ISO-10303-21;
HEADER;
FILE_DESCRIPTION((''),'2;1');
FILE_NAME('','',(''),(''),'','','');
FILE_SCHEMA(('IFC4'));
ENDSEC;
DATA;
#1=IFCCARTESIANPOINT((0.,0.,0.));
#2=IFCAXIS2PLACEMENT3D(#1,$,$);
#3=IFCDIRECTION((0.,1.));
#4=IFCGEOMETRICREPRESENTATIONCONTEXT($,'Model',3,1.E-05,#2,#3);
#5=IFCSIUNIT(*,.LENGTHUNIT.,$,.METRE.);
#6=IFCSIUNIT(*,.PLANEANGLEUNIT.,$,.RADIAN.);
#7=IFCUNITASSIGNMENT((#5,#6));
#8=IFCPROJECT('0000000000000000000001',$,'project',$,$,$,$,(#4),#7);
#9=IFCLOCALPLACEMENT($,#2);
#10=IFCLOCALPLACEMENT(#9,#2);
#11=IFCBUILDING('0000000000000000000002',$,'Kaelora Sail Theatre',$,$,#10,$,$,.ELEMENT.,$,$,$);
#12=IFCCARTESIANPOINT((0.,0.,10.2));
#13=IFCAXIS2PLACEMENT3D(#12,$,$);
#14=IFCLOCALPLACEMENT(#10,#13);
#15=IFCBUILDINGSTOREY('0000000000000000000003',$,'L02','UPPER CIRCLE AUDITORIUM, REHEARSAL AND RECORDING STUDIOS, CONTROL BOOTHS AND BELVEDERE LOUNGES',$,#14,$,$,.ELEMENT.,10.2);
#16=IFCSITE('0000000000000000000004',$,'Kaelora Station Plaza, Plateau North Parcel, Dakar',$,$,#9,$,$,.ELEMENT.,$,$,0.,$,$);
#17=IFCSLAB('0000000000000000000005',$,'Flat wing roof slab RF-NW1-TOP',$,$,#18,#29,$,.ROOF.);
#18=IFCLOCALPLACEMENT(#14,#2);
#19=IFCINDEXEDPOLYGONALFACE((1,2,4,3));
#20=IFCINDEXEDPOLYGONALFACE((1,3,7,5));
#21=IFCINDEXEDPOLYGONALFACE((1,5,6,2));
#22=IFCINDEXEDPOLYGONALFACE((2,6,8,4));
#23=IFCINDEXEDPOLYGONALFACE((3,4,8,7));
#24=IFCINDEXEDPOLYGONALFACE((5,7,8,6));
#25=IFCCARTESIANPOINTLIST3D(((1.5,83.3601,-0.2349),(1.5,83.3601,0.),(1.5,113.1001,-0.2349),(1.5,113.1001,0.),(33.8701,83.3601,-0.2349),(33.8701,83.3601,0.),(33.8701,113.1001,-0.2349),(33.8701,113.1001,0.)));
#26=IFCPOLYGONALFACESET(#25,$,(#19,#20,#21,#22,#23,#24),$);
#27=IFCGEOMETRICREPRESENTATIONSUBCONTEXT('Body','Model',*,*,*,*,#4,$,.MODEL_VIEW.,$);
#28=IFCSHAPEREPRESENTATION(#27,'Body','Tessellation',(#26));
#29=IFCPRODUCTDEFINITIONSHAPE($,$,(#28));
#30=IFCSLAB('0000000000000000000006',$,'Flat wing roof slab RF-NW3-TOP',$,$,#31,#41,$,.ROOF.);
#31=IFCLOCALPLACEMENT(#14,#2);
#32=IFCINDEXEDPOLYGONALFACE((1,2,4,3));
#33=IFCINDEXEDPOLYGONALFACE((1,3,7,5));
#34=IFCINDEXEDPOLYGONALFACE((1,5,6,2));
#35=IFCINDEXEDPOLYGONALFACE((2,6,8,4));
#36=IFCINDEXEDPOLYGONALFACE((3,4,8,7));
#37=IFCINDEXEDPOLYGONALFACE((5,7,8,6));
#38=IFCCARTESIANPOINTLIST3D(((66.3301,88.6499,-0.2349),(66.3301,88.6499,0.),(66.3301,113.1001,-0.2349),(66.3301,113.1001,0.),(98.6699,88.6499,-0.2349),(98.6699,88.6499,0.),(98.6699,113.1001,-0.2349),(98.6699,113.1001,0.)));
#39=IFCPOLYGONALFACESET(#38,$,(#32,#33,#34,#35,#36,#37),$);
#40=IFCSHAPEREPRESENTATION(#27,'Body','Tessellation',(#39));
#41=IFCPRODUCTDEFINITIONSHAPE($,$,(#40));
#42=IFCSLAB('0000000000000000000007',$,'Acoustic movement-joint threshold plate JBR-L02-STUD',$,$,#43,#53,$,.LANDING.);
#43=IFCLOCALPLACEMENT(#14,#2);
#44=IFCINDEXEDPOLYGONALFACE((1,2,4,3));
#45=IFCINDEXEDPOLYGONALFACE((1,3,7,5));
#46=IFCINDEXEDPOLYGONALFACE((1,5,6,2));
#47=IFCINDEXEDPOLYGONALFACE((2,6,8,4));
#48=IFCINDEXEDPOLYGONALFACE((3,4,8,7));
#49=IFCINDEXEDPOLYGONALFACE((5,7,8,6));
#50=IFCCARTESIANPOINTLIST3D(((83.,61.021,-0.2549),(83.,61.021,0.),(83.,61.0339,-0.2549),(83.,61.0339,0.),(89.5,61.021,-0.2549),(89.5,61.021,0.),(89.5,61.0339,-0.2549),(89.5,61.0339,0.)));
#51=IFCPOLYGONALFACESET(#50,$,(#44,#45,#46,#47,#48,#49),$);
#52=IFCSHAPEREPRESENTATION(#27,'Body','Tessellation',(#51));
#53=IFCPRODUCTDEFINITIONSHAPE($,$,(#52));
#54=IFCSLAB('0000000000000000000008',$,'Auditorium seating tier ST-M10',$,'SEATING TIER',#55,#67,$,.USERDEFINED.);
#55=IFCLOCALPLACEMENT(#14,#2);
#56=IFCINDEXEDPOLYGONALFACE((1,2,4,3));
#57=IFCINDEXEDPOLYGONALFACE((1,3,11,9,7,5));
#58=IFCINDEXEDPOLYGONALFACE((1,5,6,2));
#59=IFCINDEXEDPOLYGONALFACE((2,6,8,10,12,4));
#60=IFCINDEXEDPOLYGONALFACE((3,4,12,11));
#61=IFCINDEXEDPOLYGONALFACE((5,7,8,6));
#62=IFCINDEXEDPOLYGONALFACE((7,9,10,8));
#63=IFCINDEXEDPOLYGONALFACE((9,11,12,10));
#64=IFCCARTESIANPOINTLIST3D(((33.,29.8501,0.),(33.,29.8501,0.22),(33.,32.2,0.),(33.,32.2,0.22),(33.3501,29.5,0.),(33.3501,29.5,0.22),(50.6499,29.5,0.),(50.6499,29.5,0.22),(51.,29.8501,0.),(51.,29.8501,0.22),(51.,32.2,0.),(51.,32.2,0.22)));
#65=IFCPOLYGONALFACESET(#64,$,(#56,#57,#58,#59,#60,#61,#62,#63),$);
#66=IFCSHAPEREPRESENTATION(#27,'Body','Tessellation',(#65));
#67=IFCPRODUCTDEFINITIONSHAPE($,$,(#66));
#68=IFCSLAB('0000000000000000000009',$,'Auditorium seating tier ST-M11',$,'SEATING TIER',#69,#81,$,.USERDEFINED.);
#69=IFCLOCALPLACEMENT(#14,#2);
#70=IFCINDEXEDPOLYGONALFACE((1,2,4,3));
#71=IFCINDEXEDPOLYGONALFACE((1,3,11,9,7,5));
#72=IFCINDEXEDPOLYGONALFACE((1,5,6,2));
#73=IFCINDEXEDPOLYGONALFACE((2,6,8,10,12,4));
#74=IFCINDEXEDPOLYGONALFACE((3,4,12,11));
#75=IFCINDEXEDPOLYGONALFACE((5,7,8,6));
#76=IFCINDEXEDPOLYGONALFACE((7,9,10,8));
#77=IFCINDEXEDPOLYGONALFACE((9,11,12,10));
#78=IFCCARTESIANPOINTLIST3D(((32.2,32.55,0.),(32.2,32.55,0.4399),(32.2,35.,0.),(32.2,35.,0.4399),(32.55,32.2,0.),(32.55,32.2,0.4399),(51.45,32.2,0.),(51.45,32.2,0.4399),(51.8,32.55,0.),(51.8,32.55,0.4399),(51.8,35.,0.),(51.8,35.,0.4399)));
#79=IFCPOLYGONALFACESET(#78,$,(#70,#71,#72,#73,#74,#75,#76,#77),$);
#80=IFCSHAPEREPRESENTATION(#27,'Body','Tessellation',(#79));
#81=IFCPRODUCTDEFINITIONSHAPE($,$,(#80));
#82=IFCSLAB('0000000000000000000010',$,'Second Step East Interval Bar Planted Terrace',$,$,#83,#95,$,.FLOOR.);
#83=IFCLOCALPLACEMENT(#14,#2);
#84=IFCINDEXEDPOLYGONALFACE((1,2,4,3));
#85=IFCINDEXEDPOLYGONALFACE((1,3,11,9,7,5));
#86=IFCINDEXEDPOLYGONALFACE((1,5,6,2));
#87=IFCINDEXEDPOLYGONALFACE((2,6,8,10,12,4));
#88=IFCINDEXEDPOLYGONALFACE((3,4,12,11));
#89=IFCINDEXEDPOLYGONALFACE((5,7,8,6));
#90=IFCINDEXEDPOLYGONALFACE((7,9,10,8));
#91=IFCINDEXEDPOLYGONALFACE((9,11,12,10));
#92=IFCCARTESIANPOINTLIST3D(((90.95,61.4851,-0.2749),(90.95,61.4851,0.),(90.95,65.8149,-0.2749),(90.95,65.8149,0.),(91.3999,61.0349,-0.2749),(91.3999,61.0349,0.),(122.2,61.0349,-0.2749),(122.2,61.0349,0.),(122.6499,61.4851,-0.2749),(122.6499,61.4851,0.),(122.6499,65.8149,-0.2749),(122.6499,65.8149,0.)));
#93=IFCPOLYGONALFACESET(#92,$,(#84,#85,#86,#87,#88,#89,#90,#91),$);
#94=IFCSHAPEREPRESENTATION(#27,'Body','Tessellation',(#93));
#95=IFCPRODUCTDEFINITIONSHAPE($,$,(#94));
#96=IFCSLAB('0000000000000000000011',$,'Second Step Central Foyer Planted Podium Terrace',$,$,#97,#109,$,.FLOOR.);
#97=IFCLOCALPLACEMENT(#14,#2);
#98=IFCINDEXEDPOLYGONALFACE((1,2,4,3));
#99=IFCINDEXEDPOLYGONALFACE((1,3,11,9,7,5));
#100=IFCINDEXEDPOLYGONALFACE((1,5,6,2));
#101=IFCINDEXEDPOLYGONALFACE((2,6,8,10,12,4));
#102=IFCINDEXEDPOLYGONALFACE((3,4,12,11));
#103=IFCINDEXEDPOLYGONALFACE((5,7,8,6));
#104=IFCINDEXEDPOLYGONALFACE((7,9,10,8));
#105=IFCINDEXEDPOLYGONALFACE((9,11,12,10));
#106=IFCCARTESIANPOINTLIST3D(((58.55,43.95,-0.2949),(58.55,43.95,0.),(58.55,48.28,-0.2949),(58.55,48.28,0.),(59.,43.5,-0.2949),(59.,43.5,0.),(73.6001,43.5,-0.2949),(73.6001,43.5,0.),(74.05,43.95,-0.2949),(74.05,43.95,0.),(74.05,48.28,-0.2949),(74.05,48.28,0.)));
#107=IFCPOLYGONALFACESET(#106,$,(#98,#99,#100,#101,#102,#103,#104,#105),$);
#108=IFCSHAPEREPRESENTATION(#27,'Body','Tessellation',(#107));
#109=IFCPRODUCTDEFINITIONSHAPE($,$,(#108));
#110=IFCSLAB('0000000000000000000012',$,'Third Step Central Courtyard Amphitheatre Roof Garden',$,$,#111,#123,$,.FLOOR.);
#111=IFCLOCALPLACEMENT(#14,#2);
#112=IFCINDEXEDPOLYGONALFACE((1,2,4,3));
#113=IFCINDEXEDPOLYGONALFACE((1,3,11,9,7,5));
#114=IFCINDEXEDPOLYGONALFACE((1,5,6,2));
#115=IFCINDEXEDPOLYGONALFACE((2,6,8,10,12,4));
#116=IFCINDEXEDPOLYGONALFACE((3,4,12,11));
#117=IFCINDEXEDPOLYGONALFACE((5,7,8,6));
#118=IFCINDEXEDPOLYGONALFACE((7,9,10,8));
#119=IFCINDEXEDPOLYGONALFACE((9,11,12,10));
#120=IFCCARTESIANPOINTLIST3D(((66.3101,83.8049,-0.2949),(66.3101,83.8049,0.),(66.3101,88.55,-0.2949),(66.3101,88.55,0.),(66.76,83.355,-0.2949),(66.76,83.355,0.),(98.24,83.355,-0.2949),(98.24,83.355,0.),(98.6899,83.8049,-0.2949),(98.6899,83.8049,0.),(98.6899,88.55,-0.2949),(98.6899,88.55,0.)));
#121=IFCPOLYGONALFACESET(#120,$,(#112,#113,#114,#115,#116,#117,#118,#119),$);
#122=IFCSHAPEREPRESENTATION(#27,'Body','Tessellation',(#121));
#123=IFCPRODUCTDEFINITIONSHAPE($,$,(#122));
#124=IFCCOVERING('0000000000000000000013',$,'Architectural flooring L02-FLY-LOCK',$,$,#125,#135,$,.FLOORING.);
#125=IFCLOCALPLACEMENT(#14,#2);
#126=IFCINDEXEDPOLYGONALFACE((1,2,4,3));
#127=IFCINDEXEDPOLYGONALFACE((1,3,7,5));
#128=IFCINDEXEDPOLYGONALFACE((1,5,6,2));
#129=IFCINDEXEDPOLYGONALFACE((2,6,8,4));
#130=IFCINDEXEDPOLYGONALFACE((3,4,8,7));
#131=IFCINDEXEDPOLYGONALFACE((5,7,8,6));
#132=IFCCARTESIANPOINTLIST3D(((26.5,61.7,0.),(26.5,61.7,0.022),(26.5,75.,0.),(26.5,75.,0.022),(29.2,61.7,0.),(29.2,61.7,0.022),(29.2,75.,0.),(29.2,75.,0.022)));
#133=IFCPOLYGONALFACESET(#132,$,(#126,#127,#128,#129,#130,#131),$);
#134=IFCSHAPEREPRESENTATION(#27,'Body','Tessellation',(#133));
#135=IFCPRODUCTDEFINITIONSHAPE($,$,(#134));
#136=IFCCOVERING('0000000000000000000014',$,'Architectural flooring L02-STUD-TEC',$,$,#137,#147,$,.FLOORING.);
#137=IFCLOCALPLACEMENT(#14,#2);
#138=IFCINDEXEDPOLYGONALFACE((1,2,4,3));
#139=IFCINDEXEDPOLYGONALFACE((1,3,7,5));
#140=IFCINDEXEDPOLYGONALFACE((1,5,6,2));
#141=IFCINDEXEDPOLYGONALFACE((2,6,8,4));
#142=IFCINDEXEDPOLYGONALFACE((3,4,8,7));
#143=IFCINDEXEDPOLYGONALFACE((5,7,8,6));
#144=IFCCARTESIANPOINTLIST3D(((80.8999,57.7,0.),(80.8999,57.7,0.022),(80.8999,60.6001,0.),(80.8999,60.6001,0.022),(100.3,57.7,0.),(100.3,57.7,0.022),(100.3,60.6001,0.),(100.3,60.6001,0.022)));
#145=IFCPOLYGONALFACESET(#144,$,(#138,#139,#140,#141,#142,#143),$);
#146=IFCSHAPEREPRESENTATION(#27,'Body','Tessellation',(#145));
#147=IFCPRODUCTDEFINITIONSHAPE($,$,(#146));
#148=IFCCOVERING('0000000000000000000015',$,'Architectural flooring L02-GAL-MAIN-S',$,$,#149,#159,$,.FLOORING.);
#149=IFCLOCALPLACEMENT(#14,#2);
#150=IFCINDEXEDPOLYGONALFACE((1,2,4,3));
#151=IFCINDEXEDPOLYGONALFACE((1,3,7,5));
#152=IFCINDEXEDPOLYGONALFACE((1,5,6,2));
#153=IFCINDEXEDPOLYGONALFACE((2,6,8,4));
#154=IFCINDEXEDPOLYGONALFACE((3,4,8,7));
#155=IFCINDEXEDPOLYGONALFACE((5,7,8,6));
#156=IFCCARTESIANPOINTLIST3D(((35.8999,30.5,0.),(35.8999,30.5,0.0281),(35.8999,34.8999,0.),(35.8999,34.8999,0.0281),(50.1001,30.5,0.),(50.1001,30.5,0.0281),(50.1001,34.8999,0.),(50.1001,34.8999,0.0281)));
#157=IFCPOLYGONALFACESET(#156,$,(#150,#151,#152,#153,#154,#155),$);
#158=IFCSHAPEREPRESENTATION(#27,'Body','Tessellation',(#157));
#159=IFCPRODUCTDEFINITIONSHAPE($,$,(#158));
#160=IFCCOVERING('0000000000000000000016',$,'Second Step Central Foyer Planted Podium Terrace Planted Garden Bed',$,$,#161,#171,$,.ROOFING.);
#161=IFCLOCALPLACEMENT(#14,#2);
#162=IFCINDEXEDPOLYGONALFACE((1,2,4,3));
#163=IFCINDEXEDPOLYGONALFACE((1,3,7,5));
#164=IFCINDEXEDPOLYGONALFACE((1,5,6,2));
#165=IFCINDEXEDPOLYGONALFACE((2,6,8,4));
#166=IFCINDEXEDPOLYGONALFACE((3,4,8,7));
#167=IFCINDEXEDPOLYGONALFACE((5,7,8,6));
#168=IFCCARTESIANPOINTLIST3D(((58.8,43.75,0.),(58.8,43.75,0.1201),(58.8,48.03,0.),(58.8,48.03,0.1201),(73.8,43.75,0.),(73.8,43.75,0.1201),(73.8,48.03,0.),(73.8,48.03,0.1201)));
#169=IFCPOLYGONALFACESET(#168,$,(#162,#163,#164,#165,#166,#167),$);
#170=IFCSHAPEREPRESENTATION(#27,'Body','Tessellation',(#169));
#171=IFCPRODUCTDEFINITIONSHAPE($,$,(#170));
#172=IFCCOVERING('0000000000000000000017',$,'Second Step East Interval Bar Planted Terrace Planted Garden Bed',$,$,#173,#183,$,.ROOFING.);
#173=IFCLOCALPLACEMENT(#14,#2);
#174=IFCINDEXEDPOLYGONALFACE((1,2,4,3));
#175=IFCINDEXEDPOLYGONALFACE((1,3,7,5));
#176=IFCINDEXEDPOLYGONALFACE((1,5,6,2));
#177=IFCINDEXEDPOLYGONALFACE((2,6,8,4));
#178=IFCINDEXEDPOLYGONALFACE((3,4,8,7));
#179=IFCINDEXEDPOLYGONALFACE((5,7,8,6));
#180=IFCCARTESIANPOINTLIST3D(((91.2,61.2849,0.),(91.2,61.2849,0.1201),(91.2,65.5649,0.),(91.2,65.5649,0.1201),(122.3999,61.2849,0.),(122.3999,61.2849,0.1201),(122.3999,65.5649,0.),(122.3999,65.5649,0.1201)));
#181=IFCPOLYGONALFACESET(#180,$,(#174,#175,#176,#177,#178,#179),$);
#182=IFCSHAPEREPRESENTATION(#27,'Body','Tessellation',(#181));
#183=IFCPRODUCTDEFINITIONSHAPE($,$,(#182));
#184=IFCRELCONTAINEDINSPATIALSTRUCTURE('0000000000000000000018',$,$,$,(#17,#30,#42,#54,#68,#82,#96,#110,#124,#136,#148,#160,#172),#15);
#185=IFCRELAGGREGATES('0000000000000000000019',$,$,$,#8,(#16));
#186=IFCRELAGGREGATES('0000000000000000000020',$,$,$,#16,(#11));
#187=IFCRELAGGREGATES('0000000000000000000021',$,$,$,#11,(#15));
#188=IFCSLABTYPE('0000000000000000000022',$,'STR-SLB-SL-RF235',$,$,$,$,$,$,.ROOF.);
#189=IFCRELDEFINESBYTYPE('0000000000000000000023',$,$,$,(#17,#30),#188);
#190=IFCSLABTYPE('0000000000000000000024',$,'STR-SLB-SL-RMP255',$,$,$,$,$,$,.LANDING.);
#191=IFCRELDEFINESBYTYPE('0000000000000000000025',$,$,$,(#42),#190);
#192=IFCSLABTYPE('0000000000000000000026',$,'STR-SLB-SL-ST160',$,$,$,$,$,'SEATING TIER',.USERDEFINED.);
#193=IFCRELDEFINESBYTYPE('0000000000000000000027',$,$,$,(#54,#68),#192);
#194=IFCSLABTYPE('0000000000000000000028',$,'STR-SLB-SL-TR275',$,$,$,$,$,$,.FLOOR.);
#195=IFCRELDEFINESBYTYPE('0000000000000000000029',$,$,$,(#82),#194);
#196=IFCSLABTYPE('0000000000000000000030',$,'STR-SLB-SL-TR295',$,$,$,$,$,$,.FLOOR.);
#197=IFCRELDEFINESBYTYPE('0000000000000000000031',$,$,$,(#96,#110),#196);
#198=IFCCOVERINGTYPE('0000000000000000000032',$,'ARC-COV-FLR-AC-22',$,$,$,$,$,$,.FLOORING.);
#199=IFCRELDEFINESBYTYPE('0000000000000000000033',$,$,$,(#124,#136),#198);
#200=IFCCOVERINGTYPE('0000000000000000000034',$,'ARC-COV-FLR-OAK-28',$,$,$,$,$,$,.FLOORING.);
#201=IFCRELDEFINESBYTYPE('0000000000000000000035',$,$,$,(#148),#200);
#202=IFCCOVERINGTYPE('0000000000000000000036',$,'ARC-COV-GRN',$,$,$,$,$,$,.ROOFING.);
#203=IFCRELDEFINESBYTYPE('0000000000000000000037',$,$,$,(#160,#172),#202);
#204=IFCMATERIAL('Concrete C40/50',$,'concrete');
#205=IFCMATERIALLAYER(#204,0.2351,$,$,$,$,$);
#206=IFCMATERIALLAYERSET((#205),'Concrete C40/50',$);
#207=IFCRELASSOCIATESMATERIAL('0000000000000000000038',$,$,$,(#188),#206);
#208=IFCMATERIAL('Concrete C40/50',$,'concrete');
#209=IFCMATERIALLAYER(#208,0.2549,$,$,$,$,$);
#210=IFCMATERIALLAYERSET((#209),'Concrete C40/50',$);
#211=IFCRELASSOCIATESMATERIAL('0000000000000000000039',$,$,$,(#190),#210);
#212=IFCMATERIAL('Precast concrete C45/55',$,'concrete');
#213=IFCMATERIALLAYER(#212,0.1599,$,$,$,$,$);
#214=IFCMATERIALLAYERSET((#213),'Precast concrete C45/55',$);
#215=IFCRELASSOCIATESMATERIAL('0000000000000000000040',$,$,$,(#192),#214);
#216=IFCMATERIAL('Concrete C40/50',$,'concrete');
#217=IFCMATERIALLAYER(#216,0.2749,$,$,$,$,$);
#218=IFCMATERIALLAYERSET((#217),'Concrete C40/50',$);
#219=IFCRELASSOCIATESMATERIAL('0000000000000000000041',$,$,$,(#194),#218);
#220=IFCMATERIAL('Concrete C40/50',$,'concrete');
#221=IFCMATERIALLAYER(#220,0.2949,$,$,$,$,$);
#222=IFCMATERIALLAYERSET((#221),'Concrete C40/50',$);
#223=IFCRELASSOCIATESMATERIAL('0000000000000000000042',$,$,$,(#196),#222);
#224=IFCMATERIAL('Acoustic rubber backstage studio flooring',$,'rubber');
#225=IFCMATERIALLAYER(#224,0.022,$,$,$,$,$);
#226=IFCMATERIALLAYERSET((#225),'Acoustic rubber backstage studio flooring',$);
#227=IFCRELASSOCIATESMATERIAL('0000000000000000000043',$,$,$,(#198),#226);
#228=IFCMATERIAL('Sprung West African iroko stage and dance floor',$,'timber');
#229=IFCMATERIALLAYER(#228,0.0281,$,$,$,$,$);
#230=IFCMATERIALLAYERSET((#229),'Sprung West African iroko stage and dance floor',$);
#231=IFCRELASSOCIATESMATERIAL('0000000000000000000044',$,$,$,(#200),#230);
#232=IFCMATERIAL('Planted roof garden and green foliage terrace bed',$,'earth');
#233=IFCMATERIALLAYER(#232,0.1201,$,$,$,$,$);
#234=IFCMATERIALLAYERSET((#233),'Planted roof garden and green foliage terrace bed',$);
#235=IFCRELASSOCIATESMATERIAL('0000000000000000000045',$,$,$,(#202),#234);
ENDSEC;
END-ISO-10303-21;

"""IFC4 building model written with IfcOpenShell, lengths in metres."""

from ifc_helpers import new_model, si_unit, direction, frame, origin, place, context, subcontext, project, spatial, polyline, outline, extrude, material, layer, layer_set, type_object, element, save


model = new_model("IFC4")

# Units and contexts
model_context = context("Model", 3, precision=1e-05, world=origin(), true_north=direction((0.0, 1.0)))
body_context = subcontext(model_context, "Body", "Model", "MODEL_VIEW")
ifc_project = project(units=[si_unit("LENGTHUNIT", "METRE"), si_unit("PLANEANGLEUNIT", "RADIAN")], contexts=[model_context])

# Site, building, storey
site_placement = place(None, origin())
site = spatial("IfcSite", under=ifc_project, at=site_placement, Name="Kaelora Station Plaza, Plateau North Parcel, Dakar", CompositionType="ELEMENT", RefElevation=0.0)
building_placement = place(site_placement, origin())
building = spatial("IfcBuilding", under=site, at=building_placement, Name="Kaelora Sail Theatre", CompositionType="ELEMENT")
storey_placement = place(building_placement, frame((0.0, 0.0, 10.2)))
storey = spatial("IfcBuildingStorey", under=building, at=storey_placement, Name="L02", Description="UPPER CIRCLE AUDITORIUM, REHEARSAL AND RECORDING STUDIOS, CONTROL BOOTHS AND BELVEDERE LOUNGES", CompositionType="ELEMENT", Elevation=10.2)

# Slabs
ifc_material_1 = material(Name="Concrete C40/50", Category="concrete")
ifc_layer_1 = layer(ifc_material_1, 0.2351)
ifc_layer_set_1 = layer_set([ifc_layer_1], Name="Concrete C40/50")
slab_type_1 = type_object("IfcSlabType", Name="STR-SLB-SL-RF235", PredefinedType="ROOF", material=ifc_layer_set_1)
slab_1_placement = place(storey_placement, frame((0.0, 0.0, -0.2349)))
element("IfcSlab", 1, at=slab_1_placement, inside=storey, type_object=slab_type_1, Name="Flat wing roof slab RF-NW1-TOP", PredefinedType="ROOF", context=body_context, shape_type="SweptSolid", body=[
    extrude(outline(polyline([(1.5, 113.1001), (33.8701, 113.1001), (33.8701, 83.3601), (1.5, 83.3601), (1.5, 113.1001)])), origin(), (0.0, 0.0, 1.0), 0.2349),
])
slab_2_placement = place(storey_placement, frame((0.0, 0.0, -0.2349)))
element("IfcSlab", 2, at=slab_2_placement, inside=storey, type_object=slab_type_1, Name="Flat wing roof slab RF-NW3-TOP", PredefinedType="ROOF", context=body_context, shape_type="SweptSolid", body=[
    extrude(outline(polyline([(66.3301, 113.1001), (98.6699, 113.1001), (98.6699, 88.6499), (66.3301, 88.6499), (66.3301, 113.1001)])), origin(), (0.0, 0.0, 1.0), 0.2349),
])
ifc_material_2 = material(Name="Concrete C40/50", Category="concrete")
ifc_layer_2 = layer(ifc_material_2, 0.2549)
ifc_layer_set_2 = layer_set([ifc_layer_2], Name="Concrete C40/50")
slab_type_2 = type_object("IfcSlabType", Name="STR-SLB-SL-RMP255", PredefinedType="LANDING", material=ifc_layer_set_2)
slab_3_placement = place(storey_placement, frame((0.0, 0.0, -0.2549)))
element("IfcSlab", 3, at=slab_3_placement, inside=storey, type_object=slab_type_2, Name="Acoustic movement-joint threshold plate JBR-L02-STUD", PredefinedType="LANDING", context=body_context, shape_type="SweptSolid", body=[
    extrude(outline(polyline([(83.0, 61.021), (89.5, 61.021), (89.5, 61.0339), (83.0, 61.0339), (83.0, 61.021)])), origin(), (0.0, 0.0, 1.0), 0.2549),
])
ifc_material_3 = material(Name="Precast concrete C45/55", Category="concrete")
ifc_layer_3 = layer(ifc_material_3, 0.1599)
ifc_layer_set_3 = layer_set([ifc_layer_3], Name="Precast concrete C45/55")
slab_type_3 = type_object("IfcSlabType", Name="STR-SLB-SL-ST160", ElementType="SEATING TIER", PredefinedType="USERDEFINED", material=ifc_layer_set_3)
slab_4_placement = place(storey_placement, origin())
element("IfcSlab", 4, at=slab_4_placement, inside=storey, type_object=slab_type_3, Name="Auditorium seating tier ST-M10", ObjectType="SEATING TIER", PredefinedType="USERDEFINED", context=body_context, shape_type="SweptSolid", body=[
    extrude(outline(polyline([(33.3501, 29.5), (50.6499, 29.5), (51.0, 29.8501), (51.0, 32.2), (33.0, 32.2), (33.0, 29.8501), (33.3501, 29.5)])), origin(), (0.0, 0.0, 1.0), 0.22),
])
slab_5_placement = place(storey_placement, origin())
element("IfcSlab", 5, at=slab_5_placement, inside=storey, type_object=slab_type_3, Name="Auditorium seating tier ST-M11", ObjectType="SEATING TIER", PredefinedType="USERDEFINED", context=body_context, shape_type="SweptSolid", body=[
    extrude(outline(polyline([(32.55, 32.2), (51.45, 32.2), (51.8, 32.55), (51.8, 35.0), (32.2, 35.0), (32.2, 32.55), (32.55, 32.2)])), origin(), (0.0, 0.0, 1.0), 0.4399),
])
ifc_material_4 = material(Name="Concrete C40/50", Category="concrete")
ifc_layer_4 = layer(ifc_material_4, 0.2749)
ifc_layer_set_4 = layer_set([ifc_layer_4], Name="Concrete C40/50")
slab_type_4 = type_object("IfcSlabType", Name="STR-SLB-SL-TR275", PredefinedType="FLOOR", material=ifc_layer_set_4)
slab_6_placement = place(storey_placement, frame((0.0, 0.0, -0.2749)))
element("IfcSlab", 6, at=slab_6_placement, inside=storey, type_object=slab_type_4, Name="Second Step East Interval Bar Planted Terrace", PredefinedType="FLOOR", context=body_context, shape_type="SweptSolid", body=[
    extrude(outline(polyline([(91.3999, 61.0349), (122.2, 61.0349), (122.6499, 61.4851), (122.6499, 65.8149), (90.95, 65.8149), (90.95, 61.4851), (91.3999, 61.0349)])), origin(), (0.0, 0.0, 1.0), 0.2749),
])
ifc_material_5 = material(Name="Concrete C40/50", Category="concrete")
ifc_layer_5 = layer(ifc_material_5, 0.2949)
ifc_layer_set_5 = layer_set([ifc_layer_5], Name="Concrete C40/50")
slab_type_5 = type_object("IfcSlabType", Name="STR-SLB-SL-TR295", PredefinedType="FLOOR", material=ifc_layer_set_5)
slab_7_placement = place(storey_placement, frame((0.0, 0.0, -0.2949)))
element("IfcSlab", 7, at=slab_7_placement, inside=storey, type_object=slab_type_5, Name="Second Step Central Foyer Planted Podium Terrace", PredefinedType="FLOOR", context=body_context, shape_type="SweptSolid", body=[
    extrude(outline(polyline([(59.0, 43.5), (73.6001, 43.5), (74.05, 43.95), (74.05, 48.28), (58.55, 48.28), (58.55, 43.95), (59.0, 43.5)])), origin(), (0.0, 0.0, 1.0), 0.2949),
])
slab_8_placement = place(storey_placement, frame((0.0, 0.0, -0.2949)))
element("IfcSlab", 8, at=slab_8_placement, inside=storey, type_object=slab_type_5, Name="Third Step Central Courtyard Amphitheatre Roof Garden", PredefinedType="FLOOR", context=body_context, shape_type="SweptSolid", body=[
    extrude(outline(polyline([(66.76, 83.355), (98.24, 83.355), (98.6899, 83.8049), (98.6899, 88.55), (66.3101, 88.55), (66.3101, 83.8049), (66.76, 83.355)])), origin(), (0.0, 0.0, 1.0), 0.2949),
])

# Coverings
ifc_material_6 = material(Name="Acoustic rubber backstage studio flooring", Category="rubber")
ifc_layer_6 = layer(ifc_material_6, 0.022)
ifc_layer_set_6 = layer_set([ifc_layer_6], Name="Acoustic rubber backstage studio flooring")
covering_type_1 = type_object("IfcCoveringType", Name="ARC-COV-FLR-AC-22", PredefinedType="FLOORING", material=ifc_layer_set_6)
covering_1_placement = place(storey_placement, origin())
element("IfcCovering", 9, at=covering_1_placement, inside=storey, type_object=covering_type_1, Name="Architectural flooring L02-FLY-LOCK", PredefinedType="FLOORING", context=body_context, shape_type="SweptSolid", body=[
    extrude(outline(polyline([(26.5, 61.7), (29.2, 61.7), (29.2, 75.0), (26.5, 75.0), (26.5, 61.7)])), origin(), (0.0, 0.0, 1.0), 0.022),
])
covering_2_placement = place(storey_placement, origin())
element("IfcCovering", 10, at=covering_2_placement, inside=storey, type_object=covering_type_1, Name="Architectural flooring L02-STUD-TEC", PredefinedType="FLOORING", context=body_context, shape_type="SweptSolid", body=[
    extrude(outline(polyline([(80.8999, 57.7), (100.3, 57.7), (100.3, 60.6001), (80.8999, 60.6001), (80.8999, 57.7)])), origin(), (0.0, 0.0, 1.0), 0.022),
])
ifc_material_7 = material(Name="Sprung West African iroko stage and dance floor", Category="timber")
ifc_layer_7 = layer(ifc_material_7, 0.0281)
ifc_layer_set_7 = layer_set([ifc_layer_7], Name="Sprung West African iroko stage and dance floor")
covering_type_2 = type_object("IfcCoveringType", Name="ARC-COV-FLR-OAK-28", PredefinedType="FLOORING", material=ifc_layer_set_7)
covering_3_placement = place(storey_placement, origin())
element("IfcCovering", 11, at=covering_3_placement, inside=storey, type_object=covering_type_2, Name="Architectural flooring L02-GAL-MAIN-S", PredefinedType="FLOORING", context=body_context, shape_type="SweptSolid", body=[
    extrude(outline(polyline([(35.8999, 30.5), (50.1001, 30.5), (50.1001, 34.8999), (35.8999, 34.8999), (35.8999, 30.5)])), origin(), (0.0, 0.0, 1.0), 0.0281),
])
ifc_material_8 = material(Name="Planted roof garden and green foliage terrace bed", Category="earth")
ifc_layer_8 = layer(ifc_material_8, 0.1201)
ifc_layer_set_8 = layer_set([ifc_layer_8], Name="Planted roof garden and green foliage terrace bed")
covering_type_3 = type_object("IfcCoveringType", Name="ARC-COV-GRN", PredefinedType="ROOFING", material=ifc_layer_set_8)
covering_4_placement = place(storey_placement, origin())
element("IfcCovering", 12, at=covering_4_placement, inside=storey, type_object=covering_type_3, Name="Second Step Central Foyer Planted Podium Terrace Planted Garden Bed", PredefinedType="ROOFING", context=body_context, shape_type="SweptSolid", body=[
    extrude(outline(polyline([(58.8, 43.75), (73.8, 43.75), (73.8, 48.03), (58.8, 48.03), (58.8, 43.75)])), origin(), (0.0, 0.0, 1.0), 0.1201),
])
covering_5_placement = place(storey_placement, origin())
element("IfcCovering", 13, at=covering_5_placement, inside=storey, type_object=covering_type_3, Name="Second Step East Interval Bar Planted Terrace Planted Garden Bed", PredefinedType="ROOFING", context=body_context, shape_type="SweptSolid", body=[
    extrude(outline(polyline([(91.2, 61.2849), (122.3999, 61.2849), (122.3999, 65.5649), (91.2, 65.5649), (91.2, 61.2849)])), origin(), (0.0, 0.0, 1.0), 0.1201),
])

save(model, "model.ifc")
